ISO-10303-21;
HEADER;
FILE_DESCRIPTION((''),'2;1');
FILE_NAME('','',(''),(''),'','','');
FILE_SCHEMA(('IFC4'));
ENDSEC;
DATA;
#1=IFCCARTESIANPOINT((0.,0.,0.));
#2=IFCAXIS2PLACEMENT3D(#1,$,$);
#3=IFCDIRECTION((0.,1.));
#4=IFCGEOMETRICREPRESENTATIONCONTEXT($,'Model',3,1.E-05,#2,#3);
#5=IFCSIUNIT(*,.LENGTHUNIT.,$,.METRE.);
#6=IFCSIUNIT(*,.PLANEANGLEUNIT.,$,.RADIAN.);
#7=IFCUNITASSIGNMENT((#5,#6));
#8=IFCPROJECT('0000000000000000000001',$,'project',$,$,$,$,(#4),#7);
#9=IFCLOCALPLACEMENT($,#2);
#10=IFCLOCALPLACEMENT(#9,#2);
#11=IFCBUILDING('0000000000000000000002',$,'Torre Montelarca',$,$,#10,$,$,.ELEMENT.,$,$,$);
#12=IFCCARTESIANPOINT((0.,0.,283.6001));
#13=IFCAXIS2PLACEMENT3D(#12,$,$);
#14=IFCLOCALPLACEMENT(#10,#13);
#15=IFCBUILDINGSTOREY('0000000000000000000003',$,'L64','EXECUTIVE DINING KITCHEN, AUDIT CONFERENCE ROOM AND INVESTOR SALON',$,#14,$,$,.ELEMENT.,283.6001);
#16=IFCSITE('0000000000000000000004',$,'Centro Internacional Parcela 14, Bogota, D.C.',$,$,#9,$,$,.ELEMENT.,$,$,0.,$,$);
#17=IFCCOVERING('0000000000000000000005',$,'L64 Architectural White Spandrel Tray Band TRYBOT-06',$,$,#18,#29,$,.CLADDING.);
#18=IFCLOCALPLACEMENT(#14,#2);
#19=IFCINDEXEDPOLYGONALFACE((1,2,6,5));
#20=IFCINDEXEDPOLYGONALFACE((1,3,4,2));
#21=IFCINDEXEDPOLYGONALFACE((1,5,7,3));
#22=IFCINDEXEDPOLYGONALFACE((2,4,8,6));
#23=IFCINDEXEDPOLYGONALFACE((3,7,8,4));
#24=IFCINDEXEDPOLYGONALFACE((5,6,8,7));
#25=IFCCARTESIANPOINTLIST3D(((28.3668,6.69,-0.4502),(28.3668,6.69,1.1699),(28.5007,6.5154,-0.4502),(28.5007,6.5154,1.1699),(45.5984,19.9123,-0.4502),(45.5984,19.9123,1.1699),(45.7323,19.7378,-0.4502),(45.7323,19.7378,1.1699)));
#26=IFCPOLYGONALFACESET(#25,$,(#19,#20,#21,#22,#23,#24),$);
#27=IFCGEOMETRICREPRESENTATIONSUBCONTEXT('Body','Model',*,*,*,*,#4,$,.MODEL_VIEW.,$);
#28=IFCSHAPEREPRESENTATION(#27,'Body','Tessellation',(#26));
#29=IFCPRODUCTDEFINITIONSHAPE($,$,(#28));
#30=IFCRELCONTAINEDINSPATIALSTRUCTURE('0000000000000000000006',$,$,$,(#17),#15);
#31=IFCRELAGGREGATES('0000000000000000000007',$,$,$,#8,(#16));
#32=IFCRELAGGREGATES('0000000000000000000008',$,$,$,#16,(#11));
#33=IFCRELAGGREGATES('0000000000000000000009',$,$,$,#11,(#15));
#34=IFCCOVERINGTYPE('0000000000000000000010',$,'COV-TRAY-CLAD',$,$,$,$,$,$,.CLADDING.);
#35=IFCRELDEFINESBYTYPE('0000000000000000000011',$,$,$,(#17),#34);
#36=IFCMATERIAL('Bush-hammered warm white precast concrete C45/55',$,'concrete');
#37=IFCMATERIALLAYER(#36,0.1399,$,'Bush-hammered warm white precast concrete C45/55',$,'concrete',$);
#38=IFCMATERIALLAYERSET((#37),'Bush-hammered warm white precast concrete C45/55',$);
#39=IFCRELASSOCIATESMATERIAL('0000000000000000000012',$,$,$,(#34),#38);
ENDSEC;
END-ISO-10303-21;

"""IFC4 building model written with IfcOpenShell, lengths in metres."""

from ifc_helpers import new_model, si_unit, direction, frame, origin, origin_2d, place, context, subcontext, project, spatial, rectangle, extrude, source, transform, mapped, material, layer, layer_set, type_object, element, save


model = new_model("IFC4")

# Units and contexts
model_context = context("Model", 3, precision=1e-05, world=origin(), true_north=direction((0.0, 1.0)))
body_context = subcontext(model_context, "Body", "Model", "MODEL_VIEW")
ifc_project = project(units=[si_unit("LENGTHUNIT", "METRE"), si_unit("PLANEANGLEUNIT", "RADIAN")], contexts=[model_context])

# Site, building, storey
site_placement = place(None, origin())
site = spatial("IfcSite", under=ifc_project, at=site_placement, Name="Centro Internacional Parcela 14, Bogota, D.C.", CompositionType="ELEMENT", RefElevation=0.0)
building_placement = place(site_placement, origin())
building = spatial("IfcBuilding", under=site, at=building_placement, Name="Torre Montelarca", CompositionType="ELEMENT")
storey_placement = place(building_placement, frame((0.0, 0.0, 283.6001)))
storey = spatial("IfcBuildingStorey", under=building, at=storey_placement, Name="L64", Description="EXECUTIVE DINING KITCHEN, AUDIT CONFERENCE ROOM AND INVESTOR SALON", CompositionType="ELEMENT", Elevation=283.6001)

# Covering
ifc_material_1 = material(Name="Bush-hammered warm white precast concrete C45/55", Category="concrete")
ifc_layer_1 = layer(ifc_material_1, 0.1399, Name="Bush-hammered warm white precast concrete C45/55", Category="concrete")
ifc_layer_set_1 = layer_set([ifc_layer_1], Name="Bush-hammered warm white precast concrete C45/55")
covering_type = type_object("IfcCoveringType", Name="COV-TRAY-CLAD", PredefinedType="CLADDING", material=ifc_layer_set_1)
shared_shape_1 = source(origin(), body_context, "Body", "SweptSolid", [
    extrude(rectangle(XDim=21.72, YDim=0.22, at=origin_2d()), origin(), (0.0, 0.0, 1.0), 1.6201),
])
covering_1_placement = place(storey_placement, frame((37.0496, 13.2139, -0.4502), z_axis=(0.0, 0.0, 1.0), x_axis=(0.793351, 0.608764, 0.0)))
element("IfcCovering", 1, at=covering_1_placement, inside=storey, type_object=covering_type, Name="L64 Architectural White Spandrel Tray Band TRYBOT-06", PredefinedType="CLADDING", context=body_context, shape_type="MappedRepresentation", body=[
    mapped(shared_shape_1, transform((0.0, 0.0, 0.0), scale=1.0)),
])

save(model, "model.ifc")
